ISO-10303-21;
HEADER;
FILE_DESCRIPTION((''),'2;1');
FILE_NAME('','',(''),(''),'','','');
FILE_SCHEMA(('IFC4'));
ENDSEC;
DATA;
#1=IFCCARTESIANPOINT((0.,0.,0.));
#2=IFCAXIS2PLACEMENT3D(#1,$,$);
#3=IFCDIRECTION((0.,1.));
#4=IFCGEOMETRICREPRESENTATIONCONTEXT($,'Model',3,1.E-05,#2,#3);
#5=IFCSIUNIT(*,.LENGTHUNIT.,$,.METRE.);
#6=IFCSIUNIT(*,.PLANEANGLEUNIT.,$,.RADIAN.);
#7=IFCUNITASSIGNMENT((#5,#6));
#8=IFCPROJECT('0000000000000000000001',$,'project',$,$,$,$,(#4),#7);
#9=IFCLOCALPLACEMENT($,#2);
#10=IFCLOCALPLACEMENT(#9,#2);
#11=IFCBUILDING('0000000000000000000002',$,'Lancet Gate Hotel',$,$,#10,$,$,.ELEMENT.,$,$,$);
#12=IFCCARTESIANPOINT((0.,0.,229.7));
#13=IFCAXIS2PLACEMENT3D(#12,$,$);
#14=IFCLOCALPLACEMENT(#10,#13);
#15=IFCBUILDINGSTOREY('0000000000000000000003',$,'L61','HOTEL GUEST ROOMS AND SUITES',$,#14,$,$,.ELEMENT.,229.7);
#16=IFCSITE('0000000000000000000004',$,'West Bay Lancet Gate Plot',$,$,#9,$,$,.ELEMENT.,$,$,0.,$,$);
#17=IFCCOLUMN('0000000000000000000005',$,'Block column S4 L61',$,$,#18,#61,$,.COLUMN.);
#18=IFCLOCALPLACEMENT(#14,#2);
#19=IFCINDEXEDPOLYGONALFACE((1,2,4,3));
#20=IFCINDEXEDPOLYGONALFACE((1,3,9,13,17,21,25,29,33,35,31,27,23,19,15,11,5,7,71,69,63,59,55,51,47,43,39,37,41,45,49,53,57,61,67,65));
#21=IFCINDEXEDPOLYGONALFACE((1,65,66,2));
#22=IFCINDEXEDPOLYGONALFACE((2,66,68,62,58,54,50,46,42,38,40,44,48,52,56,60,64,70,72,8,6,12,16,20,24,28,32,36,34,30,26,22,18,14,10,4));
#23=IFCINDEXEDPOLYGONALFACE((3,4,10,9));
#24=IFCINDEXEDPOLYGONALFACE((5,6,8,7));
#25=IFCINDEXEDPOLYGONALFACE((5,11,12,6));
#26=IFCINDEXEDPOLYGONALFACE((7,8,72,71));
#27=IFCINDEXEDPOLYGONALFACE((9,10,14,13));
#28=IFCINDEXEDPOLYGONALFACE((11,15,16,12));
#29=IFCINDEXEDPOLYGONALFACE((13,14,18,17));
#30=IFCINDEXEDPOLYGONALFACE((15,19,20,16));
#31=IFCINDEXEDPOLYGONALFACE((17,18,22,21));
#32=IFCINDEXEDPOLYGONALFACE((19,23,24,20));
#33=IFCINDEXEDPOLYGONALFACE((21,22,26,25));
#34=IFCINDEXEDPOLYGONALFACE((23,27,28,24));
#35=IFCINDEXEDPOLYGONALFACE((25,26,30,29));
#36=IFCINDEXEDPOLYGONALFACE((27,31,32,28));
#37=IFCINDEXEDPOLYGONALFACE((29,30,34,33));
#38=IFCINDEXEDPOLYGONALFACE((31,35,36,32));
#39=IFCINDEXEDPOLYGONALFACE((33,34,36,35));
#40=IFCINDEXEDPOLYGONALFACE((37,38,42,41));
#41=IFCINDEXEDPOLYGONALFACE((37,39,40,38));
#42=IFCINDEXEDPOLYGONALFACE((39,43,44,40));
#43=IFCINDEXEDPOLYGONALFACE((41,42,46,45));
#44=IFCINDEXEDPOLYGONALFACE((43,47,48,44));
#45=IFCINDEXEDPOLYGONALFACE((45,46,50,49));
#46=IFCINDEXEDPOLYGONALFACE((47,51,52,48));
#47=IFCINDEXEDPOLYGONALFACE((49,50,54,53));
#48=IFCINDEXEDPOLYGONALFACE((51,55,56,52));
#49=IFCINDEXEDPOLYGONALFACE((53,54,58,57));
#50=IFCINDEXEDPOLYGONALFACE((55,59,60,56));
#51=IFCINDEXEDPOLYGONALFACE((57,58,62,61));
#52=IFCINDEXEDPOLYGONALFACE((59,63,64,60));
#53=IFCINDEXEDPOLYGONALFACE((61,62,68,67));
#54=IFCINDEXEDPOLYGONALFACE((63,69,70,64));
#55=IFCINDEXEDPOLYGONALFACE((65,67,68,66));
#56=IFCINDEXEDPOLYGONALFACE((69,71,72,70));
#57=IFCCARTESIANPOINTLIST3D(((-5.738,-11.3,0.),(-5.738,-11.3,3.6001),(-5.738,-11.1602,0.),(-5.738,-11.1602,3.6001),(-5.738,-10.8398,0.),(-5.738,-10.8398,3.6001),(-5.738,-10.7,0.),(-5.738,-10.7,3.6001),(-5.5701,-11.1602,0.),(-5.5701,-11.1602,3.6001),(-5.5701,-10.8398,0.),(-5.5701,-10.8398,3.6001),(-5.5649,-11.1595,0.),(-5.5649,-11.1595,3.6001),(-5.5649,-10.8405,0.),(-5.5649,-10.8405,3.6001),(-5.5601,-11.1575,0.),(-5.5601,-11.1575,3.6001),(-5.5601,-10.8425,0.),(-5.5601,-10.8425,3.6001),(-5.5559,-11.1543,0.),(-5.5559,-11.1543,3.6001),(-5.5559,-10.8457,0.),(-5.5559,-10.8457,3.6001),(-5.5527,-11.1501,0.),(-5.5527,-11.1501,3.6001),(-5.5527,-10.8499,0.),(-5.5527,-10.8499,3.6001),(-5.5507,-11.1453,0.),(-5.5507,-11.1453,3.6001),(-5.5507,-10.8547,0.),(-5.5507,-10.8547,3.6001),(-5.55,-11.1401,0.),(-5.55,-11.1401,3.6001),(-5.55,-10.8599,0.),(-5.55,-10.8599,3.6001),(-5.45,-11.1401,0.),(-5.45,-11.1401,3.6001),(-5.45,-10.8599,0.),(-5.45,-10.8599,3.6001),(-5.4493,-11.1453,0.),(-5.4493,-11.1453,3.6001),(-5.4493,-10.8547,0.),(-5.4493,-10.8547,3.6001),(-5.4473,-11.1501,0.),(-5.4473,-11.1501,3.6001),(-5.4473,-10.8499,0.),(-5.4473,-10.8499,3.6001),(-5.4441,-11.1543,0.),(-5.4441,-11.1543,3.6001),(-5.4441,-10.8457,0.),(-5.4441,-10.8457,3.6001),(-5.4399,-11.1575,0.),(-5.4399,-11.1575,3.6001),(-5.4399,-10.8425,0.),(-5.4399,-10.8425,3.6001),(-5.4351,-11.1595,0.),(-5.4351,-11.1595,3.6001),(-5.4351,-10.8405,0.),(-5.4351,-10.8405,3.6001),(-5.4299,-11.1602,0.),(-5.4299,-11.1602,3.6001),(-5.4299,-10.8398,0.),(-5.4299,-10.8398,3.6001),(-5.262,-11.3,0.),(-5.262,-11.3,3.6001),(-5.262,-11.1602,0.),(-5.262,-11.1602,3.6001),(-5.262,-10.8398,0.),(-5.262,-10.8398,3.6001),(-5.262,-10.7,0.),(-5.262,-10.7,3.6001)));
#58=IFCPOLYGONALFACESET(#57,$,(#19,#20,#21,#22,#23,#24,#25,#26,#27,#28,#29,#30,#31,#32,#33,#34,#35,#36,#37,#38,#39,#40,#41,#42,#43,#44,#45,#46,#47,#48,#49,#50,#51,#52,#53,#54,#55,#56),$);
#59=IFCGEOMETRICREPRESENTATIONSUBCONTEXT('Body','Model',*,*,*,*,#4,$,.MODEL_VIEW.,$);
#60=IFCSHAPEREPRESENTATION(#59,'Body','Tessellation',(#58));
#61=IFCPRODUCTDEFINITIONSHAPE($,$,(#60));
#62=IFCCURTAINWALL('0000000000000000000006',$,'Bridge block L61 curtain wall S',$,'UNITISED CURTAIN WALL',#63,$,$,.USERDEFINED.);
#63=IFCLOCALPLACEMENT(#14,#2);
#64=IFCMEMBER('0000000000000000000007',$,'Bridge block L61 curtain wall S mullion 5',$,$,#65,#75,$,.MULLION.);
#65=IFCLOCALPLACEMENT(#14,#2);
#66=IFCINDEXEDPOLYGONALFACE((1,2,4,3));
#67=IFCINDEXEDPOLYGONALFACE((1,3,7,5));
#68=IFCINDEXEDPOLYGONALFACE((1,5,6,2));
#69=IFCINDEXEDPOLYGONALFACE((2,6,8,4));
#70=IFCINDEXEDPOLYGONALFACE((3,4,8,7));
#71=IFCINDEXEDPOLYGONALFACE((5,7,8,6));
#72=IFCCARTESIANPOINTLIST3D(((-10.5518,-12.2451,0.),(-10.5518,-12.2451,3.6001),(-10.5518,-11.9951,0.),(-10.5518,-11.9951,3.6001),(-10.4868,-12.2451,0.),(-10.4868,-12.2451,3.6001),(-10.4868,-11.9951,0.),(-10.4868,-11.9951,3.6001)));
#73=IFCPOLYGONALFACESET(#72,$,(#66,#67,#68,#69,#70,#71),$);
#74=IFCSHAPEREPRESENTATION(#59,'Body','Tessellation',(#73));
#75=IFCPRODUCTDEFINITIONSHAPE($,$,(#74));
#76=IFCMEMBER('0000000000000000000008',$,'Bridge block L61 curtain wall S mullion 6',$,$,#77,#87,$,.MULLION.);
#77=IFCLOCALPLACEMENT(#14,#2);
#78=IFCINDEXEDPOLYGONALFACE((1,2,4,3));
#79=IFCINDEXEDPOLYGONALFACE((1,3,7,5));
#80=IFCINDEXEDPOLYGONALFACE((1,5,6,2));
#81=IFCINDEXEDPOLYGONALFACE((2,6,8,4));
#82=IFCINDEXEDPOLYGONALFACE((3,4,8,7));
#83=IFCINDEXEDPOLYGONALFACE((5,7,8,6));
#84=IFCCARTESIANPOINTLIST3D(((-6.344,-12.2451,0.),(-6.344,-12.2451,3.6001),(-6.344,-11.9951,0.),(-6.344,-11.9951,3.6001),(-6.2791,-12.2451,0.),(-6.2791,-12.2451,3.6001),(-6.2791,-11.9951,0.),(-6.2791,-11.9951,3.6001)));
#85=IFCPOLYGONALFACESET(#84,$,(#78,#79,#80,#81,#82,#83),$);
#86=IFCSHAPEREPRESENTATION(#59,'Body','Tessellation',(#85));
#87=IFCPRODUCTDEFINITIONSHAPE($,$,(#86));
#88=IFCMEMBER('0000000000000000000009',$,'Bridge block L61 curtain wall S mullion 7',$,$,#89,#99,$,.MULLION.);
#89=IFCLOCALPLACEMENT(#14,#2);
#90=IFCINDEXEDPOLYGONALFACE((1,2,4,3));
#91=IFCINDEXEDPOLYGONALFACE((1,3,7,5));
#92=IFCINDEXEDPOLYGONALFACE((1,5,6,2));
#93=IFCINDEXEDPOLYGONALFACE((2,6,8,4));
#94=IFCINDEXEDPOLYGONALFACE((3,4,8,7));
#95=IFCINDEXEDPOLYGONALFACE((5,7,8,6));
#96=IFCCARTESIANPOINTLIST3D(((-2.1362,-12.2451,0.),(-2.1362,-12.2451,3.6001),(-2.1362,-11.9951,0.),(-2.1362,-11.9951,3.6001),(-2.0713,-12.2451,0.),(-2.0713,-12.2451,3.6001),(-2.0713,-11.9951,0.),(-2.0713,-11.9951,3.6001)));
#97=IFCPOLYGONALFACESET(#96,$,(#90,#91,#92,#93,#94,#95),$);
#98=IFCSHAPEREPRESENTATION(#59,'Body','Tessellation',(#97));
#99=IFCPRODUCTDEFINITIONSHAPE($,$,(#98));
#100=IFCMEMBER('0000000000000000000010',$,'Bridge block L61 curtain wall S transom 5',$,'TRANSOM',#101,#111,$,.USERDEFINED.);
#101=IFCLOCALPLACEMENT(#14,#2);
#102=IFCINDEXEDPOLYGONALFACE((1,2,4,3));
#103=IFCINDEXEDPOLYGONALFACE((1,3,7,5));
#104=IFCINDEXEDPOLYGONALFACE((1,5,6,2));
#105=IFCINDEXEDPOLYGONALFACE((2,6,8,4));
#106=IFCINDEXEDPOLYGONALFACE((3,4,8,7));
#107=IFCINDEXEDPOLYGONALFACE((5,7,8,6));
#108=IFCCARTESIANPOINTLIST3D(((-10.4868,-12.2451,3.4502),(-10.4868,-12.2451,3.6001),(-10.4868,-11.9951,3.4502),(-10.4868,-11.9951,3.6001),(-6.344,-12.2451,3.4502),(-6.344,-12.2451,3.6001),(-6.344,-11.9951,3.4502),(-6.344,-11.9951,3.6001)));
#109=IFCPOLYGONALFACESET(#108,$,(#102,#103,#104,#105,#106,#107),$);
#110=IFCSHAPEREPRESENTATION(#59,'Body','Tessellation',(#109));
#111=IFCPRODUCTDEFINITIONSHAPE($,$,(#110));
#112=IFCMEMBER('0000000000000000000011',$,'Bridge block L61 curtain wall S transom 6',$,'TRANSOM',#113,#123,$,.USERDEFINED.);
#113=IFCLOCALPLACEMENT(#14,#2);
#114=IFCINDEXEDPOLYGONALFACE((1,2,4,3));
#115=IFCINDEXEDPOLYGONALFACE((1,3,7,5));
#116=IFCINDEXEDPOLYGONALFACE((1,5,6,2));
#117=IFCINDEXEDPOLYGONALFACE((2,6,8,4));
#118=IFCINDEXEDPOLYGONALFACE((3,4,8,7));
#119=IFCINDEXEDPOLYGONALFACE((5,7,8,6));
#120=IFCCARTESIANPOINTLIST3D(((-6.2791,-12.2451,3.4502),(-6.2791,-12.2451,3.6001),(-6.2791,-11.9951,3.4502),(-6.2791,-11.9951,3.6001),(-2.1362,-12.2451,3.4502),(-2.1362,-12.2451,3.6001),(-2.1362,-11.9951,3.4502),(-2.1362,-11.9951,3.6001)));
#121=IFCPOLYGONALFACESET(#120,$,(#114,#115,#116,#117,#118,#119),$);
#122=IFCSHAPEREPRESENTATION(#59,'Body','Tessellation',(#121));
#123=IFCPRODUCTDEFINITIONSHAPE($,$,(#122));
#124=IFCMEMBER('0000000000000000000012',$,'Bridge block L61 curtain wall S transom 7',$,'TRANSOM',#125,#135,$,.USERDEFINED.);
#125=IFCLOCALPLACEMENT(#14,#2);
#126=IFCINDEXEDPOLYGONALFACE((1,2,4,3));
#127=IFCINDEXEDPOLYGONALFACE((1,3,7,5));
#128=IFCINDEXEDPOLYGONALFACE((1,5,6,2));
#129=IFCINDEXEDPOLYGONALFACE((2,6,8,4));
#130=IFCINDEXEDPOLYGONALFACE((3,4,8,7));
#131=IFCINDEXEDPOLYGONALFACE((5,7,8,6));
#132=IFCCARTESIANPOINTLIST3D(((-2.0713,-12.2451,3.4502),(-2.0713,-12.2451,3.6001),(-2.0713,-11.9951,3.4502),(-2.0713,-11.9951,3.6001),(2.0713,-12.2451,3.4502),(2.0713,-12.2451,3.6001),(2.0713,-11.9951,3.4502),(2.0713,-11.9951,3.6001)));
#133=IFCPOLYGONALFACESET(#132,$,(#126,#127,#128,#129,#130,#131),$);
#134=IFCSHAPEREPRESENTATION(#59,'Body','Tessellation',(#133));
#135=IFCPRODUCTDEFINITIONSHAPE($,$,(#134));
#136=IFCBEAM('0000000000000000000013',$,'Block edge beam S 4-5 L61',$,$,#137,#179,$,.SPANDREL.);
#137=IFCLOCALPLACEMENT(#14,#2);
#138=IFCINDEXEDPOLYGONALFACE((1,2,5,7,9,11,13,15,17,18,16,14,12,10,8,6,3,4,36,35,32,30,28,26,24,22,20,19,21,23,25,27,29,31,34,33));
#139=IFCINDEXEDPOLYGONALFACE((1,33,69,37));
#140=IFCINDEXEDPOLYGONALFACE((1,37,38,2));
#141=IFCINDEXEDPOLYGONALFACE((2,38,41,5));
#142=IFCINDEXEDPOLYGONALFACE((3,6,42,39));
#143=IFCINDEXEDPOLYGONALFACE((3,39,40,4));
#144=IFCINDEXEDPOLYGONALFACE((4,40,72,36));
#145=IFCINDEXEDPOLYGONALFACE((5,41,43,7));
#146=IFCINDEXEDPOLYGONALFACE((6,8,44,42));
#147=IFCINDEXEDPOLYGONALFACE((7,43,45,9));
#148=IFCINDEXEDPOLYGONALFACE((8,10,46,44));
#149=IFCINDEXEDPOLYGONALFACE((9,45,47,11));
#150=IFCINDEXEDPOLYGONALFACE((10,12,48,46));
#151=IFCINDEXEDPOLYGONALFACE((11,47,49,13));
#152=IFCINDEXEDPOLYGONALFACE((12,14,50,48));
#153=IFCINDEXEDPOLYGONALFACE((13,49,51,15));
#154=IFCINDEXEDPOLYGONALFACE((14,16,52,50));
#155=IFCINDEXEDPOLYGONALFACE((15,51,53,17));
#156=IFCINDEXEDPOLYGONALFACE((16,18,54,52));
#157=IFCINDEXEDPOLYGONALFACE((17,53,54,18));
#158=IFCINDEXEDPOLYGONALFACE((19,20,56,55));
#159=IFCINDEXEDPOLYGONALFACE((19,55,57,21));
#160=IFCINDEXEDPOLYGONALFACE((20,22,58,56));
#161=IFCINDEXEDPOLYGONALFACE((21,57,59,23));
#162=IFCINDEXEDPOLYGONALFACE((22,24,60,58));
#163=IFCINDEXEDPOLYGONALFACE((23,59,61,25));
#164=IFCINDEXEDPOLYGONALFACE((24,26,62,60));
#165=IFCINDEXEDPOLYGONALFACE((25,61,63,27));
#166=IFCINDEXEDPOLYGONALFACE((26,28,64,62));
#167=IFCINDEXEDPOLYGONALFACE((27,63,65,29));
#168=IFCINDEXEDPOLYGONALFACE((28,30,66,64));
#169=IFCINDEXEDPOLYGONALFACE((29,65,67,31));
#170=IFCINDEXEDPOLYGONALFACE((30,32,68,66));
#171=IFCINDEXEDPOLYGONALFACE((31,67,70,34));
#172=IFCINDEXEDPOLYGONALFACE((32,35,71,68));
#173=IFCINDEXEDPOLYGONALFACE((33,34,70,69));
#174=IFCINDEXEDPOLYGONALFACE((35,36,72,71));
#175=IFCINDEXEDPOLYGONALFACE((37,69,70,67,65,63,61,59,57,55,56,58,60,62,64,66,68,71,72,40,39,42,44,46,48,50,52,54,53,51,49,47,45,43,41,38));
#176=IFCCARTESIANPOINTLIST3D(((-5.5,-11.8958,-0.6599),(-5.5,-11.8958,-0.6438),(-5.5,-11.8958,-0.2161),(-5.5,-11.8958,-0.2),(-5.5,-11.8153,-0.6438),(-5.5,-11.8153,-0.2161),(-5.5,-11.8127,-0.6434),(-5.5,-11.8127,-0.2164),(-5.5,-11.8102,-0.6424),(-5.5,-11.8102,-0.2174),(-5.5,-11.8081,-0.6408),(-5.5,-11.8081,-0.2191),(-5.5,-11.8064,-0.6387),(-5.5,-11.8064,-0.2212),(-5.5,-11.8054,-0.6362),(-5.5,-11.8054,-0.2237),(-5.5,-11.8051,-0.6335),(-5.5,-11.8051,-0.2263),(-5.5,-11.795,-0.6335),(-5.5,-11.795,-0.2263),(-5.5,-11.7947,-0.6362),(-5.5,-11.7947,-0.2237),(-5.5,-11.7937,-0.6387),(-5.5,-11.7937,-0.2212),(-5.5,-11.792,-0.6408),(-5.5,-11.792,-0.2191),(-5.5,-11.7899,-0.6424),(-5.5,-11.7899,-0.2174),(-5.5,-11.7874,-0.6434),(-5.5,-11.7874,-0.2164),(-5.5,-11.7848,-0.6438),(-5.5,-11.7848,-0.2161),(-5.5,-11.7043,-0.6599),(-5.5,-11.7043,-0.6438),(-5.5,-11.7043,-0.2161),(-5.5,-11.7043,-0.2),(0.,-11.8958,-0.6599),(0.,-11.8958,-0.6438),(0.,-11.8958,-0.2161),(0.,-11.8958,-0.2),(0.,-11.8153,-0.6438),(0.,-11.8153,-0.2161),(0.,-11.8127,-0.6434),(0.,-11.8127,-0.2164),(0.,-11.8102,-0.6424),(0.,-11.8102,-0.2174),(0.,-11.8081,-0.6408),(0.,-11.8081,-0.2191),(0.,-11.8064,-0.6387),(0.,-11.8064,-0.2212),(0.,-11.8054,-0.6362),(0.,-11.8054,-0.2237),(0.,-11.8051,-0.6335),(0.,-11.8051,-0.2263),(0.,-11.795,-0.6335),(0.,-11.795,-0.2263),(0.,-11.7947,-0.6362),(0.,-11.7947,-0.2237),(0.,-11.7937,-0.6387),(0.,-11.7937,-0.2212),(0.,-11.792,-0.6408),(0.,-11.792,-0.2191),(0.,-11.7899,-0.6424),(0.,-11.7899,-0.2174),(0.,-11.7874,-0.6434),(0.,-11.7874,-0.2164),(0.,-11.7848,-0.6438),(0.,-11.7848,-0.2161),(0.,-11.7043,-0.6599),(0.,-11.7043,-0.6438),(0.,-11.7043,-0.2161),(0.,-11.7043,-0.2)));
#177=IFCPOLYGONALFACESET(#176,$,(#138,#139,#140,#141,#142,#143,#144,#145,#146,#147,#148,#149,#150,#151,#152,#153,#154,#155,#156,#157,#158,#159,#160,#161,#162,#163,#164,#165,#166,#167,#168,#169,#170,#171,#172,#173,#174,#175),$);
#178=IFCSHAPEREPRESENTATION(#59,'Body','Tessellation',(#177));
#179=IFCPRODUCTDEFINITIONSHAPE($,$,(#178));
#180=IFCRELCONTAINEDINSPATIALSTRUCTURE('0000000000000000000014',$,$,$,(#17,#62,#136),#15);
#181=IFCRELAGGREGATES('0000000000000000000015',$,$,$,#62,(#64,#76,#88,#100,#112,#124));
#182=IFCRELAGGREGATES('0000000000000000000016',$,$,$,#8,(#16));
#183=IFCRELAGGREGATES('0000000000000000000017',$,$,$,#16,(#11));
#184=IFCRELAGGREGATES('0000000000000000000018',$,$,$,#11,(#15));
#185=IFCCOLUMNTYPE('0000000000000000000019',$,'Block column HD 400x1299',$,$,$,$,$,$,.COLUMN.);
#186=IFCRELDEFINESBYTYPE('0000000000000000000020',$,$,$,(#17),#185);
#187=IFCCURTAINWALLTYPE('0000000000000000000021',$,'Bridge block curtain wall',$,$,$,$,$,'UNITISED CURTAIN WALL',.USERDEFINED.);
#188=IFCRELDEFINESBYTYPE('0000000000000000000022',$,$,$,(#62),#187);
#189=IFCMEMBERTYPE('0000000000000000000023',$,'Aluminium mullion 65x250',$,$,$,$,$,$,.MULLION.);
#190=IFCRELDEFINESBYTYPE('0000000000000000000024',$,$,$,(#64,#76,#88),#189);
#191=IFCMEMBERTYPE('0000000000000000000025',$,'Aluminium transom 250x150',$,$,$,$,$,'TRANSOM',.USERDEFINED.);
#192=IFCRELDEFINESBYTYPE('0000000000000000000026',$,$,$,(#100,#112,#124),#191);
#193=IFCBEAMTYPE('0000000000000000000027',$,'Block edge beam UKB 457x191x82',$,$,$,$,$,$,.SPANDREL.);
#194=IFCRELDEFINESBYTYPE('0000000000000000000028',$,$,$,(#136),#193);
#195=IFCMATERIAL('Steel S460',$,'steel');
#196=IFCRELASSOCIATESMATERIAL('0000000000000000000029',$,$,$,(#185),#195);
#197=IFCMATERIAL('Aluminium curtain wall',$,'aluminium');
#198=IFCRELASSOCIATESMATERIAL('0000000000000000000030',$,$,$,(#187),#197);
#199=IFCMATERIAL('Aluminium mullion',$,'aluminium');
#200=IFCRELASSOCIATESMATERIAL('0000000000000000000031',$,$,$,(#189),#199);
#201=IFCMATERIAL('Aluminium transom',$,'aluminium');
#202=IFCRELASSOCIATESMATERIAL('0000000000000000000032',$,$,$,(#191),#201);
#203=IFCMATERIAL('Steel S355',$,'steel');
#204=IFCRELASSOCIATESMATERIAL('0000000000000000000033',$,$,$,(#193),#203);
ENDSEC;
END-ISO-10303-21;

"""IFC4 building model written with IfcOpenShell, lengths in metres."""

from ifc_helpers import new_model, si_unit, direction, frame, origin, origin_2d, place, context, subcontext, project, spatial, rectangle, i_section, extrude, material, material_profile, profile_set, type_object, element, aggregate, save


model = new_model("IFC4")

# Units and contexts
model_context = context("Model", 3, precision=1e-05, world=origin(), true_north=direction((0.0, 1.0)))
body_context = subcontext(model_context, "Body", "Model", "MODEL_VIEW")
ifc_project = project(units=[si_unit("LENGTHUNIT", "METRE"), si_unit("PLANEANGLEUNIT", "RADIAN")], contexts=[model_context])

# Site, building, storey
site_placement = place(None, origin())
site = spatial("IfcSite", under=ifc_project, at=site_placement, Name="West Bay Lancet Gate Plot", CompositionType="ELEMENT", RefElevation=0.0)
building_placement = place(site_placement, origin())
building = spatial("IfcBuilding", under=site, at=building_placement, Name="Lancet Gate Hotel", CompositionType="ELEMENT")
storey_placement = place(building_placement, frame((0.0, 0.0, 229.7)))
storey = spatial("IfcBuildingStorey", under=building, at=storey_placement, Name="L61", Description="HOTEL GUEST ROOMS AND SUITES", CompositionType="ELEMENT", Elevation=229.7)

# Column
ifc_material_1 = material(Name="Steel S460", Category="steel")
ifc_material_profile_1 = material_profile(ifc_material_1, i_section(OverallWidth=0.4761, OverallDepth=0.6001, WebThickness=0.1001, FlangeThickness=0.1399, FilletRadius=0.02, at=origin_2d()), Name="HD 400x1299")
ifc_profile_set_1 = profile_set([ifc_material_profile_1], Name="Steel S460")
column_type = type_object("IfcColumnType", Name="Block column HD 400x1299", PredefinedType="COLUMN", material=ifc_profile_set_1)
column_placement = place(storey_placement, frame((-5.5, -11.0, 0.0), z_axis=(0.0, 0.0, 1.0), x_axis=(1.0, 0.0, 0.0)))
element("IfcColumn", 1, at=column_placement, inside=storey, type_object=column_type, Name="Block column S4 L61", PredefinedType="COLUMN", context=body_context, shape_type="SweptSolid", body=[
    extrude(i_section(OverallWidth=0.4761, OverallDepth=0.6001, WebThickness=0.1001, FlangeThickness=0.1399, FilletRadius=0.02, at=origin_2d()), origin(), (0.0, 0.0, 1.0), 3.6001),
])

# Curtain wall, members
ifc_material_2 = material(Name="Aluminium curtain wall", Category="aluminium")
curtain_wall_type = type_object("IfcCurtainWallType", Name="Bridge block curtain wall", ElementType="UNITISED CURTAIN WALL", PredefinedType="USERDEFINED", material=ifc_material_2)
curtain_wall_placement = place(storey_placement, origin())
curtain_wall = element("IfcCurtainWall", 2, at=curtain_wall_placement, inside=storey, type_object=curtain_wall_type, Name="Bridge block L61 curtain wall S", ObjectType="UNITISED CURTAIN WALL", PredefinedType="USERDEFINED")
ifc_material_3 = material(Name="Aluminium mullion", Category="aluminium")
ifc_material_profile_2 = material_profile(ifc_material_3, rectangle(XDim=0.0649, YDim=0.25, at=origin_2d()), Name="MULLION 65x250")
ifc_profile_set_2 = profile_set([ifc_material_profile_2], Name="Aluminium mullion")
member_type_1 = type_object("IfcMemberType", Name="Aluminium mullion 65x250", PredefinedType="MULLION", material=ifc_profile_set_2)
member_1_placement = place(storey_placement, frame((-10.5193, -12.1201, 0.0), z_axis=(0.0, 0.0, 1.0), x_axis=(1.0, 0.0, 0.0)))
member_1 = element("IfcMember", 3, at=member_1_placement, type_object=member_type_1, Name="Bridge block L61 curtain wall S mullion 5", PredefinedType="MULLION", context=body_context, shape_type="SweptSolid", body=[
    extrude(rectangle(XDim=0.0649, YDim=0.25, at=origin_2d()), origin(), (0.0, 0.0, 1.0), 3.6001),
])
member_2_placement = place(storey_placement, frame((-6.3115, -12.1201, 0.0), z_axis=(0.0, 0.0, 1.0), x_axis=(1.0, 0.0, 0.0)))
member_2 = element("IfcMember", 4, at=member_2_placement, type_object=member_type_1, Name="Bridge block L61 curtain wall S mullion 6", PredefinedType="MULLION", context=body_context, shape_type="SweptSolid", body=[
    extrude(rectangle(XDim=0.0649, YDim=0.25, at=origin_2d()), origin(), (0.0, 0.0, 1.0), 3.6001),
])
member_3_placement = place(storey_placement, frame((-2.1038, -12.1201, 0.0), z_axis=(0.0, 0.0, 1.0), x_axis=(1.0, 0.0, 0.0)))
member_3 = element("IfcMember", 5, at=member_3_placement, type_object=member_type_1, Name="Bridge block L61 curtain wall S mullion 7", PredefinedType="MULLION", context=body_context, shape_type="SweptSolid", body=[
    extrude(rectangle(XDim=0.0649, YDim=0.25, at=origin_2d()), origin(), (0.0, 0.0, 1.0), 3.6001),
])
ifc_material_4 = material(Name="Aluminium transom", Category="aluminium")
ifc_material_profile_3 = material_profile(ifc_material_4, rectangle(XDim=0.25, YDim=0.1499, at=origin_2d()), Name="TRANSOM 250x150")
ifc_profile_set_3 = profile_set([ifc_material_profile_3], Name="Aluminium transom")
member_type_2 = type_object("IfcMemberType", Name="Aluminium transom 250x150", ElementType="TRANSOM", PredefinedType="USERDEFINED", material=ifc_profile_set_3)
member_4_placement = place(storey_placement, frame((-10.4868, -12.1201, 3.5251), z_axis=(1.0, 0.0, 0.0), x_axis=(0.0, 1.0, 0.0)))
member_4 = element("IfcMember", 6, at=member_4_placement, type_object=member_type_2, Name="Bridge block L61 curtain wall S transom 5", ObjectType="TRANSOM", PredefinedType="USERDEFINED", context=body_context, shape_type="SweptSolid", body=[
    extrude(rectangle(XDim=0.25, YDim=0.1499, at=origin_2d()), origin(), (0.0, 0.0, 1.0), 4.1428),
])
member_5_placement = place(storey_placement, frame((-6.2791, -12.1201, 3.5251), z_axis=(1.0, 0.0, 0.0), x_axis=(0.0, 1.0, 0.0)))
member_5 = element("IfcMember", 7, at=member_5_placement, type_object=member_type_2, Name="Bridge block L61 curtain wall S transom 6", ObjectType="TRANSOM", PredefinedType="USERDEFINED", context=body_context, shape_type="SweptSolid", body=[
    extrude(rectangle(XDim=0.25, YDim=0.1499, at=origin_2d()), origin(), (0.0, 0.0, 1.0), 4.1428),
])
member_6_placement = place(storey_placement, frame((-2.0713, -12.1201, 3.5251), z_axis=(1.0, 0.0, 0.0), x_axis=(0.0, 1.0, 0.0)))
member_6 = element("IfcMember", 8, at=member_6_placement, type_object=member_type_2, Name="Bridge block L61 curtain wall S transom 7", ObjectType="TRANSOM", PredefinedType="USERDEFINED", context=body_context, shape_type="SweptSolid", body=[
    extrude(rectangle(XDim=0.25, YDim=0.1499, at=origin_2d()), origin(), (0.0, 0.0, 1.0), 4.1426),
])

# Beam
ifc_material_5 = material(Name="Steel S355", Category="steel")
ifc_material_profile_4 = material_profile(ifc_material_5, i_section(OverallWidth=0.1914, OverallDepth=0.46, WebThickness=0.01, FlangeThickness=0.0161, FilletRadius=0.0103, at=origin_2d()), Name="UKB 457x191x82")
ifc_profile_set_4 = profile_set([ifc_material_profile_4], Name="Steel S355")
beam_type_1 = type_object("IfcBeamType", Name="Block edge beam UKB 457x191x82", PredefinedType="SPANDREL", material=ifc_profile_set_4)
beam_1_placement = place(storey_placement, frame((-5.5, -11.8, -0.4299), z_axis=(1.0, 0.0, 0.0), x_axis=(0.0, 1.0, 0.0)))
element("IfcBeam", 9, at=beam_1_placement, inside=storey, type_object=beam_type_1, Name="Block edge beam S 4-5 L61", PredefinedType="SPANDREL", context=body_context, shape_type="SweptSolid", body=[
    extrude(i_section(OverallWidth=0.1914, OverallDepth=0.46, WebThickness=0.01, FlangeThickness=0.0161, FilletRadius=0.0103, at=origin_2d()), origin(), (0.0, 0.0, 1.0), 5.5),
])

aggregate(curtain_wall, [member_1, member_2, member_3, member_4, member_5, member_6])

save(model, "model.ifc")
